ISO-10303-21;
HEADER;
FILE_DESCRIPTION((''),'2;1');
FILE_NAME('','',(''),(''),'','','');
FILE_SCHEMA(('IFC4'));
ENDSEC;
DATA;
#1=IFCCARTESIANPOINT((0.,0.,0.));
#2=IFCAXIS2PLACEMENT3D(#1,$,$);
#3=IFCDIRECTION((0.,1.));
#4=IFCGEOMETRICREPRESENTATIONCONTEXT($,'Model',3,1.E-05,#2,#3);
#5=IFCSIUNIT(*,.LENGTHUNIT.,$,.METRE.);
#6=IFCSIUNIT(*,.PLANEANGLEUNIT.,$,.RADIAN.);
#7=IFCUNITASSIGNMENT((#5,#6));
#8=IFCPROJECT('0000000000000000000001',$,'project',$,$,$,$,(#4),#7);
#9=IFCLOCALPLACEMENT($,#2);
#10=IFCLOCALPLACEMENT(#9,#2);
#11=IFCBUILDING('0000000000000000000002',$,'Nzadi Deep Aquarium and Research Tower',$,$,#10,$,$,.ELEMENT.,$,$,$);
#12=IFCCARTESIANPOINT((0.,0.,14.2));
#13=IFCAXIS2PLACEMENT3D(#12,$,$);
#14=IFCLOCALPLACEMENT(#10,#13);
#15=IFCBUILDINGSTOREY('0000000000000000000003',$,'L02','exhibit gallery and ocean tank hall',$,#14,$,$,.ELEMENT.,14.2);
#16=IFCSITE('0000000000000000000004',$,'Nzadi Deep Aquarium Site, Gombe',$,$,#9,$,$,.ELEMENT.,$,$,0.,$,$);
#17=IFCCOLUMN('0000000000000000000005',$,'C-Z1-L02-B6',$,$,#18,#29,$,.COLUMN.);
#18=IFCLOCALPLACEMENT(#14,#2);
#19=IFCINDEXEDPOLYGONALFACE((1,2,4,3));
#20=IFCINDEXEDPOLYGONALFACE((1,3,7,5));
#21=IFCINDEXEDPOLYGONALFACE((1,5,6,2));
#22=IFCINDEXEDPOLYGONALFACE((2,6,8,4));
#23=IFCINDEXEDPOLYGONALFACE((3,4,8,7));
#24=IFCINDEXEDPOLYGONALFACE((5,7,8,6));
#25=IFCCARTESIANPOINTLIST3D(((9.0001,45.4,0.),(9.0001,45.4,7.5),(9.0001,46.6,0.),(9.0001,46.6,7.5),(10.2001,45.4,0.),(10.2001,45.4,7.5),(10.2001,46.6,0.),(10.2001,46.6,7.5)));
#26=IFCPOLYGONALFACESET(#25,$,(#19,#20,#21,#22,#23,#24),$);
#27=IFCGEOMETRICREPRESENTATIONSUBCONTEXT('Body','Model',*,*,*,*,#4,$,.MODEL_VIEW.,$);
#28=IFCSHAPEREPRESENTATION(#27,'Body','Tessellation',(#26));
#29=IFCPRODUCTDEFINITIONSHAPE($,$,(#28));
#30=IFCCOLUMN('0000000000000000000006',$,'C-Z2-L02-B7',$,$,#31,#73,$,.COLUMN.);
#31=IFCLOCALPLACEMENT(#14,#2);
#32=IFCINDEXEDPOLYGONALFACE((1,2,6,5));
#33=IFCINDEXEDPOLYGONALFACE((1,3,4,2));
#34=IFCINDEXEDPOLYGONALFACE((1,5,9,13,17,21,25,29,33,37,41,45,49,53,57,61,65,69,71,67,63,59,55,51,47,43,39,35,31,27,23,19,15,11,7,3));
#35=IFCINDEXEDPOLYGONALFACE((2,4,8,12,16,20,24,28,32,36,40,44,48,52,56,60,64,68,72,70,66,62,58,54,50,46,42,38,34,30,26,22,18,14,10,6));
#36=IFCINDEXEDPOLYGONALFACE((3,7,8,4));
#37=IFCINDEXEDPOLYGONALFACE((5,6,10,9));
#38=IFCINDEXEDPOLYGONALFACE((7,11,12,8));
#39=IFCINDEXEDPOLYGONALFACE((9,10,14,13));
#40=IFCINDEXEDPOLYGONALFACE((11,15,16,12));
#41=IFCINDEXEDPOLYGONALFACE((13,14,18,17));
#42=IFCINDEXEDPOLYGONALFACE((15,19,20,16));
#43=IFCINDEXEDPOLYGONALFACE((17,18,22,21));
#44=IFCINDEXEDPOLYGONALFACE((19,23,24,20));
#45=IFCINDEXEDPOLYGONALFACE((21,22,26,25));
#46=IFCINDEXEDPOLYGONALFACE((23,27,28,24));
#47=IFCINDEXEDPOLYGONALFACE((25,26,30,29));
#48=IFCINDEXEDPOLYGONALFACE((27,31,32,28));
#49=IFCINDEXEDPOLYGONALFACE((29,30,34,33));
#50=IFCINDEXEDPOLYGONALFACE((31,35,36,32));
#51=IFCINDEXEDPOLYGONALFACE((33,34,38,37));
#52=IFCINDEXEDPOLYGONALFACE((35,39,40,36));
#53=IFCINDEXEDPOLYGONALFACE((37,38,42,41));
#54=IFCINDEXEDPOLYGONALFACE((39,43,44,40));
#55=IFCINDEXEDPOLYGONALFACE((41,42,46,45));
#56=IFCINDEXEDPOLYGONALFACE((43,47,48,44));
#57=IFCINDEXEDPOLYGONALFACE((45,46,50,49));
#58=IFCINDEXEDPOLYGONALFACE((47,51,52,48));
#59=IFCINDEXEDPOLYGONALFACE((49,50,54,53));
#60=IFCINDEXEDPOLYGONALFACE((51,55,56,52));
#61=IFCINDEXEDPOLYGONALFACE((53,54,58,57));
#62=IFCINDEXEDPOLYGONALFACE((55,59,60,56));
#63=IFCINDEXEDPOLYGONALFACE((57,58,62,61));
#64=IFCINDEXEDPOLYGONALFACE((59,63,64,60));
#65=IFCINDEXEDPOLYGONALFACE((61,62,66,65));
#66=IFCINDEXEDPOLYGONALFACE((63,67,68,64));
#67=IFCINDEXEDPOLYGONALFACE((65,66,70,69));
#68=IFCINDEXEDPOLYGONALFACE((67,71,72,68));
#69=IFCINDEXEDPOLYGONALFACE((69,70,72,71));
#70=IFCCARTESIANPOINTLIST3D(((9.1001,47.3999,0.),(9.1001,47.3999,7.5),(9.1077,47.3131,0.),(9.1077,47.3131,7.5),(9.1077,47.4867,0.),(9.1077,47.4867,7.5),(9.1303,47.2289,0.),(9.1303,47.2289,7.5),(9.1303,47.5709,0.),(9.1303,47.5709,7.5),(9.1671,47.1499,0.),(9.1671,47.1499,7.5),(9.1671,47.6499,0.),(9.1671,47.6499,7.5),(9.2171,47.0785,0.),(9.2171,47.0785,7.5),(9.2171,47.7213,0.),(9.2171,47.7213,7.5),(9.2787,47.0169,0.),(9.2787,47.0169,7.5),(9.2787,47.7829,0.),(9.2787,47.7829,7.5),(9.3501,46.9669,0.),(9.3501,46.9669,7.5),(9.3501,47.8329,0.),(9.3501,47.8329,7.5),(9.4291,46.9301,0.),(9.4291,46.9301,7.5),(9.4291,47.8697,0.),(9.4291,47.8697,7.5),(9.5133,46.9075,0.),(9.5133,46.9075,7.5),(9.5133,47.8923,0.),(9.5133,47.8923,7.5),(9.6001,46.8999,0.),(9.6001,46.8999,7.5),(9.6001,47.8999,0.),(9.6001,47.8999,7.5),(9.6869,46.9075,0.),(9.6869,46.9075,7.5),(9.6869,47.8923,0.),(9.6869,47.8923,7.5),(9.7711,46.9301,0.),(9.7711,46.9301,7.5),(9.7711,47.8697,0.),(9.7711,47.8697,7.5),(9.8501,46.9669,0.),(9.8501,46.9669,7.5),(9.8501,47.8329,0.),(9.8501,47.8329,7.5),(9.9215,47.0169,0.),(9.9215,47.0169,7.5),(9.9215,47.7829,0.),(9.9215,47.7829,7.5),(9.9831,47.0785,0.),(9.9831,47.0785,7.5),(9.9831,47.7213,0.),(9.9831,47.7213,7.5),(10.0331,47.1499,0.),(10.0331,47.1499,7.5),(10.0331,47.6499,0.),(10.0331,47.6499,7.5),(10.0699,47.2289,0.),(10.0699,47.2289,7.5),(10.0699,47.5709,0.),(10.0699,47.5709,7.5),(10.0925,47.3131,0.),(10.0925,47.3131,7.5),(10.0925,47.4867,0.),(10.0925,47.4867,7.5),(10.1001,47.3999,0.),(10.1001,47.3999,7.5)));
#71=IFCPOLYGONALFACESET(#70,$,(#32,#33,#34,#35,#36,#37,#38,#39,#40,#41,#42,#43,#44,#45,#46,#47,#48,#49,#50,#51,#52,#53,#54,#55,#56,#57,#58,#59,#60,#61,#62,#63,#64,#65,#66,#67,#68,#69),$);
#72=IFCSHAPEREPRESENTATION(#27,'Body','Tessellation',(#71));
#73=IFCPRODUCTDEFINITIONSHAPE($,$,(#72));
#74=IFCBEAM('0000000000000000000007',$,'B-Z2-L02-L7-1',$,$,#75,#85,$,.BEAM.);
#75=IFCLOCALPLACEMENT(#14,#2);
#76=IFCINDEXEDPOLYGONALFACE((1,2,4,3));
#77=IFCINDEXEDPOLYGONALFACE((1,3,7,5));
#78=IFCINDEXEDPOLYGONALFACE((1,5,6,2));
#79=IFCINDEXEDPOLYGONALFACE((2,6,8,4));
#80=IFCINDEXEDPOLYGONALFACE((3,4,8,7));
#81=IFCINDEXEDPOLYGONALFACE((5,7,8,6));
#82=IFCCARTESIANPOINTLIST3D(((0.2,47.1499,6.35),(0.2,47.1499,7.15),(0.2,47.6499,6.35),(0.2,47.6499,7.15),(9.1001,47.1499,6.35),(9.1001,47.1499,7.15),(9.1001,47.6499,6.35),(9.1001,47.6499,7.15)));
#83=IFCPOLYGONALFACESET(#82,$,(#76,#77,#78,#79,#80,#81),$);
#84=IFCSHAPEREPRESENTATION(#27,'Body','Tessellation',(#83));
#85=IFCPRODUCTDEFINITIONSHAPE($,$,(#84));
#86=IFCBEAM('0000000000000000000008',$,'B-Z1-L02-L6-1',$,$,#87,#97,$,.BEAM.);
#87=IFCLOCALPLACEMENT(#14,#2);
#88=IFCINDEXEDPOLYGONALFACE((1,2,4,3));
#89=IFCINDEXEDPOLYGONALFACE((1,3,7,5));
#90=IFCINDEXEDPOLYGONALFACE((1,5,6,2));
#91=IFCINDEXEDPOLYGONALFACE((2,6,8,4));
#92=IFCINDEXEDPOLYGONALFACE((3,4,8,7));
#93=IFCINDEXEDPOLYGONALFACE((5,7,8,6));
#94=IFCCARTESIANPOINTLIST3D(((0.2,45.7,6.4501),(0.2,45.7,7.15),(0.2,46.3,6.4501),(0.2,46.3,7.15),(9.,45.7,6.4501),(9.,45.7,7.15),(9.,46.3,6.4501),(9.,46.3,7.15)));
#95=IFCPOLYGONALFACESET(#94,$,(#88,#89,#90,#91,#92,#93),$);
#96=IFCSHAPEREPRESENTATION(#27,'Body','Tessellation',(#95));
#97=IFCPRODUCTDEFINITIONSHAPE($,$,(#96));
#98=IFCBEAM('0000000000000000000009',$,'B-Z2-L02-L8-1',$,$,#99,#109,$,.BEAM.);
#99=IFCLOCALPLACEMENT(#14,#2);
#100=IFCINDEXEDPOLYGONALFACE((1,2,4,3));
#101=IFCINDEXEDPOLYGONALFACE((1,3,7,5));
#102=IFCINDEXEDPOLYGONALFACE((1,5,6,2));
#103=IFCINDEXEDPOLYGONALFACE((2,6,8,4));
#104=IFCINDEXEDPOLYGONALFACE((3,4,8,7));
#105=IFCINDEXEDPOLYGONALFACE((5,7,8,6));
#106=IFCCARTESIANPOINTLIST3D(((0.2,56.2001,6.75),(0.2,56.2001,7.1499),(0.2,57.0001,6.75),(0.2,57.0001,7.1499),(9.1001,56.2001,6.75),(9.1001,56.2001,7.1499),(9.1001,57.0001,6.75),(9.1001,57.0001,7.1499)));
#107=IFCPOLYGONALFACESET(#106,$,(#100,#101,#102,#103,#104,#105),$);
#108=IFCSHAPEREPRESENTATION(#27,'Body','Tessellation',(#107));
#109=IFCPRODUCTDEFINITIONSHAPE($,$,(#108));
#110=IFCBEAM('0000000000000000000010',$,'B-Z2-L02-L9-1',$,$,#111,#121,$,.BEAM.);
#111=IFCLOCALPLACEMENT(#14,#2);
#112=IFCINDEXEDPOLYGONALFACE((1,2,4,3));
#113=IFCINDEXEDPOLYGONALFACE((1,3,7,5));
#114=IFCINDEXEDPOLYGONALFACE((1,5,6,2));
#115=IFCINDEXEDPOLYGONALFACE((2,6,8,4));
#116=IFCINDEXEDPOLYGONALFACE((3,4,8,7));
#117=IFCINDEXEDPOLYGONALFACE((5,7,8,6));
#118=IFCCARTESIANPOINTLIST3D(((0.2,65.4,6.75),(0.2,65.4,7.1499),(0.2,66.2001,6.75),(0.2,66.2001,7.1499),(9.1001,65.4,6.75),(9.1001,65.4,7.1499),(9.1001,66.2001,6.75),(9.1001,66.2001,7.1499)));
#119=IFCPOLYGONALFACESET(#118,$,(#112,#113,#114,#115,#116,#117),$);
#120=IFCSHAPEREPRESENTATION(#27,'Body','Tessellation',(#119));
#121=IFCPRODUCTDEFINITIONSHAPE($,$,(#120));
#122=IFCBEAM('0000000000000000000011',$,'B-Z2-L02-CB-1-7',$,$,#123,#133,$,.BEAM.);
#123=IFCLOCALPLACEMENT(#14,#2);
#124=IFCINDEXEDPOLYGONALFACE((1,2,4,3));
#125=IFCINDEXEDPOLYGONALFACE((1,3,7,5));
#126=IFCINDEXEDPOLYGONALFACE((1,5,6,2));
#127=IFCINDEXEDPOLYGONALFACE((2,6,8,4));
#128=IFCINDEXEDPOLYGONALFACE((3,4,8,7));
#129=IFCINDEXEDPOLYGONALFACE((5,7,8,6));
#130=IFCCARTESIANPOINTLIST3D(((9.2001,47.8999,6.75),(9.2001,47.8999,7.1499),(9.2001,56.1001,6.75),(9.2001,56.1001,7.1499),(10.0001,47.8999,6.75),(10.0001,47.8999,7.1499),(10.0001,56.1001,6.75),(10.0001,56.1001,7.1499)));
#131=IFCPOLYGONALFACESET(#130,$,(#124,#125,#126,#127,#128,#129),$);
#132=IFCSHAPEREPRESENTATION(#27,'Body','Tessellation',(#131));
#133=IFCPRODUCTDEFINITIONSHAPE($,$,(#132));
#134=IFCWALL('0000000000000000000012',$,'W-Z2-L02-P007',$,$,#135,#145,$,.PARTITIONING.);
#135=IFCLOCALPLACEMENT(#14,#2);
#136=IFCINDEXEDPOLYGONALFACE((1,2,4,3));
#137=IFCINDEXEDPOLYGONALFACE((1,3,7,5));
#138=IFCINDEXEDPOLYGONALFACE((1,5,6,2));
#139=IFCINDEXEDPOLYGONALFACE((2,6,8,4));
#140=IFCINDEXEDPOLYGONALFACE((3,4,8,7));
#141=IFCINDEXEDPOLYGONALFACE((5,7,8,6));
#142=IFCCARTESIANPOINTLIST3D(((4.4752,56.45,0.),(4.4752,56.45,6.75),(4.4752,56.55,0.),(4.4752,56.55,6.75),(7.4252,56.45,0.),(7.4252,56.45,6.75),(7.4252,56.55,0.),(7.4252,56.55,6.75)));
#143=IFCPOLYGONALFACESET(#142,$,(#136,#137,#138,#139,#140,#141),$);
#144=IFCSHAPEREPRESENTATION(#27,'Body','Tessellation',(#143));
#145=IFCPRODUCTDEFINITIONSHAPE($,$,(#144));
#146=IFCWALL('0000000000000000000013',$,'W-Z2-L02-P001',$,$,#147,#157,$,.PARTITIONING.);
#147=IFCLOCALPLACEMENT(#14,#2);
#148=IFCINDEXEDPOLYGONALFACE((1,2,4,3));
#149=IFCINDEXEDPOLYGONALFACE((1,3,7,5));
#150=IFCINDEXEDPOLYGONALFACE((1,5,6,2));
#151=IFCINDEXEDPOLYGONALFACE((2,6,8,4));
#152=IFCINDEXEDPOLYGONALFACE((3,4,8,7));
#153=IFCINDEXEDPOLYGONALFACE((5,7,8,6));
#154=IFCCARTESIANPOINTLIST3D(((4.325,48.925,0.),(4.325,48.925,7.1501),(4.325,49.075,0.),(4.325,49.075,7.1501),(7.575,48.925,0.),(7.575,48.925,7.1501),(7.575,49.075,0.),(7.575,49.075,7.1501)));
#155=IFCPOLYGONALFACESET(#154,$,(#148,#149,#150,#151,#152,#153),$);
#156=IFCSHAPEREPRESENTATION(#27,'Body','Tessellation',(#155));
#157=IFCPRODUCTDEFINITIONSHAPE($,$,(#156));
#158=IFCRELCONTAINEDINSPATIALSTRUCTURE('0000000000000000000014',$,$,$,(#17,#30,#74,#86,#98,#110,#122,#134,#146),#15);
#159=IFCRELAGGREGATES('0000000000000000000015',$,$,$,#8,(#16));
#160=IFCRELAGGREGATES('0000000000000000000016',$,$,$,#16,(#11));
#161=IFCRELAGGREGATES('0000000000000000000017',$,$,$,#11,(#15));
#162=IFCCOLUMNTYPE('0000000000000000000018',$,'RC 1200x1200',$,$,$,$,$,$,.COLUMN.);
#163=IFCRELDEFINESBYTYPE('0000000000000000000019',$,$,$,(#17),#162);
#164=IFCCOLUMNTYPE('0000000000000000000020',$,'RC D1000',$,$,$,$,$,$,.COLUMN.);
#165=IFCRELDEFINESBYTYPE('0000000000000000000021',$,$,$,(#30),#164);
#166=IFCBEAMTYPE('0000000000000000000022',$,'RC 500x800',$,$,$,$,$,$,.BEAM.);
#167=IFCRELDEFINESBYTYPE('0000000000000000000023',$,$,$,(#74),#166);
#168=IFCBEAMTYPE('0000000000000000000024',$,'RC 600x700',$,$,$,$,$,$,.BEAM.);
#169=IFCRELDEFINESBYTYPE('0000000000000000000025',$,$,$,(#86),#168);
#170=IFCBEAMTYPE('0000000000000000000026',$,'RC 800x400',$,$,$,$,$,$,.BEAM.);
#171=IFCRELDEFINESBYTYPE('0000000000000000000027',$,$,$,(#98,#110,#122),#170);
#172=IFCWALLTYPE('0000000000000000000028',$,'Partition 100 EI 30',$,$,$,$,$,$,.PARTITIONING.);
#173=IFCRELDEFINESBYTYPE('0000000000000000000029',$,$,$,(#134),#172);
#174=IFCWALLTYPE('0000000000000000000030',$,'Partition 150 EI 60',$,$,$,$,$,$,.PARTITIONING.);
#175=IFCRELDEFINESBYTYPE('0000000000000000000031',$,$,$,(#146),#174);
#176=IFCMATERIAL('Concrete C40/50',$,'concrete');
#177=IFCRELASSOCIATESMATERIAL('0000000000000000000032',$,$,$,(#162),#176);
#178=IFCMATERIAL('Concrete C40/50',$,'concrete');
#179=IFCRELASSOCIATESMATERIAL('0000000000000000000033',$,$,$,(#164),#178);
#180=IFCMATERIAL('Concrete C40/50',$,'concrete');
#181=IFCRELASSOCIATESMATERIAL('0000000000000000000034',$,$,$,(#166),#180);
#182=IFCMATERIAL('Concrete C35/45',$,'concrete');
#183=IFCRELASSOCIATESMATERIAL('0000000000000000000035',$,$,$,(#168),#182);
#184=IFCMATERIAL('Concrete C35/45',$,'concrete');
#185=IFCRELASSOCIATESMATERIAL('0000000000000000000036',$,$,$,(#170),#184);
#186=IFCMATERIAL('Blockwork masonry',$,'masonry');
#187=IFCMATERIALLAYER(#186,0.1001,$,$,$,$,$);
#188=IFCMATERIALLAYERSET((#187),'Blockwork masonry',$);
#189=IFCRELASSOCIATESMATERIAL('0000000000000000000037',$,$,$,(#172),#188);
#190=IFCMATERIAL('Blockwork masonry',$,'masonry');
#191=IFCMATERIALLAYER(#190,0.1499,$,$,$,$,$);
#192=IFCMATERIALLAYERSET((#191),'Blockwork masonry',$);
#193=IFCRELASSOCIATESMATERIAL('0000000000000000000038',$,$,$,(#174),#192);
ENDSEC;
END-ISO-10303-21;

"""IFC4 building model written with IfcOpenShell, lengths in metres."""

from ifc_helpers import new_model, si_unit, direction, frame, frame_2d, origin, origin_2d, place, context, subcontext, project, spatial, rectangle, circle, extrude, material, layer, layer_set, material_profile, profile_set, type_object, element, save


model = new_model("IFC4")

# Units and contexts
model_context = context("Model", 3, precision=1e-05, world=origin(), true_north=direction((0.0, 1.0)))
body_context = subcontext(model_context, "Body", "Model", "MODEL_VIEW")
ifc_project = project(units=[si_unit("LENGTHUNIT", "METRE"), si_unit("PLANEANGLEUNIT", "RADIAN")], contexts=[model_context])

# Site, building, storey
site_placement = place(None, origin())
site = spatial("IfcSite", under=ifc_project, at=site_placement, Name="Nzadi Deep Aquarium Site, Gombe", CompositionType="ELEMENT", RefElevation=0.0)
building_placement = place(site_placement, origin())
building = spatial("IfcBuilding", under=site, at=building_placement, Name="Nzadi Deep Aquarium and Research Tower", CompositionType="ELEMENT")
storey_placement = place(building_placement, frame((0.0, 0.0, 14.2)))
storey = spatial("IfcBuildingStorey", under=building, at=storey_placement, Name="L02", Description="exhibit gallery and ocean tank hall", CompositionType="ELEMENT", Elevation=14.2)

# Columns
ifc_material_1 = material(Name="Concrete C40/50", Category="concrete")
ifc_material_profile_1 = material_profile(ifc_material_1, rectangle(XDim=1.2, YDim=1.2, at=origin_2d()))
ifc_profile_set_1 = profile_set([ifc_material_profile_1], Name="Concrete C40/50")
column_type_1 = type_object("IfcColumnType", Name="RC 1200x1200", PredefinedType="COLUMN", material=ifc_profile_set_1)
column_1_placement = place(storey_placement, frame((9.6001, 46.0, 0.0), z_axis=(0.0, 0.0, 1.0), x_axis=(1.0, 0.0, 0.0)))
element("IfcColumn", 1, at=column_1_placement, inside=storey, type_object=column_type_1, Name="C-Z1-L02-B6", PredefinedType="COLUMN", context=body_context, shape_type="SweptSolid", body=[
    extrude(rectangle(XDim=1.2, YDim=1.2, at=origin_2d()), origin(), (0.0, 0.0, 1.0), 7.5),
])
ifc_material_2 = material(Name="Concrete C40/50", Category="concrete")
ifc_material_profile_2 = material_profile(ifc_material_2, circle(Radius=0.5, at=origin_2d()))
ifc_profile_set_2 = profile_set([ifc_material_profile_2], Name="Concrete C40/50")
column_type_2 = type_object("IfcColumnType", Name="RC D1000", PredefinedType="COLUMN", material=ifc_profile_set_2)
column_2_placement = place(storey_placement, frame((9.6001, 47.3999, 0.0), z_axis=(0.0, 0.0, 1.0), x_axis=(1.0, 0.0, 0.0)))
element("IfcColumn", 2, at=column_2_placement, inside=storey, type_object=column_type_2, Name="C-Z2-L02-B7", PredefinedType="COLUMN", context=body_context, shape_type="SweptSolid", body=[
    extrude(circle(Radius=0.5, at=origin_2d()), origin(), (0.0, 0.0, 1.0), 7.5),
])

# Beams
ifc_material_3 = material(Name="Concrete C40/50", Category="concrete")
ifc_material_profile_3 = material_profile(ifc_material_3, rectangle(XDim=0.5, YDim=0.8, at=origin_2d()))
ifc_profile_set_3 = profile_set([ifc_material_profile_3], Name="Concrete C40/50")
beam_type_1 = type_object("IfcBeamType", Name="RC 500x800", PredefinedType="BEAM", material=ifc_profile_set_3)
beam_1_placement = place(storey_placement, frame((0.2, 47.3999, 6.75), z_axis=(1.0, 0.0, 0.0), x_axis=(0.0, 1.0, 0.0)))
element("IfcBeam", 3, at=beam_1_placement, inside=storey, type_object=beam_type_1, Name="B-Z2-L02-L7-1", PredefinedType="BEAM", context=body_context, shape_type="SweptSolid", body=[
    extrude(rectangle(XDim=0.5, YDim=0.8, at=origin_2d()), origin(), (0.0, 0.0, 1.0), 8.9001),
])
ifc_material_4 = material(Name="Concrete C35/45", Category="concrete")
ifc_material_profile_4 = material_profile(ifc_material_4, rectangle(XDim=0.6001, YDim=0.7, at=origin_2d()))
ifc_profile_set_4 = profile_set([ifc_material_profile_4], Name="Concrete C35/45")
beam_type_2 = type_object("IfcBeamType", Name="RC 600x700", PredefinedType="BEAM", material=ifc_profile_set_4)
beam_2_placement = place(storey_placement, frame((0.2, 46.0, 6.8), z_axis=(1.0, 0.0, 0.0), x_axis=(0.0, 1.0, 0.0)))
element("IfcBeam", 4, at=beam_2_placement, inside=storey, type_object=beam_type_2, Name="B-Z1-L02-L6-1", PredefinedType="BEAM", context=body_context, shape_type="SweptSolid", body=[
    extrude(rectangle(XDim=0.6001, YDim=0.7, at=origin_2d()), origin(), (0.0, 0.0, 1.0), 8.8),
])
ifc_material_5 = material(Name="Concrete C35/45", Category="concrete")
ifc_material_profile_5 = material_profile(ifc_material_5, rectangle(XDim=0.8, YDim=0.3999, at=origin_2d()))
ifc_profile_set_5 = profile_set([ifc_material_profile_5], Name="Concrete C35/45")
beam_type_3 = type_object("IfcBeamType", Name="RC 800x400", PredefinedType="BEAM", material=ifc_profile_set_5)
for number, where, z_axis, x_axis, name in (
    (5, (0.2, 56.6001, 6.95), (1.0, 0.0, 0.0), (0.0, 1.0, 0.0), "B-Z2-L02-L8-1"),
    (6, (0.2, 65.8, 6.95), (1.0, 0.0, 0.0), (0.0, 1.0, 0.0), "B-Z2-L02-L9-1"),
):
    element("IfcBeam", number, at=place(storey_placement, frame(where, z_axis=z_axis, x_axis=x_axis)), inside=storey, type_object=beam_type_3, Name=name, PredefinedType="BEAM", context=body_context, shape_type="SweptSolid", body=[
        extrude(rectangle(XDim=0.8, YDim=0.3999, at=origin_2d()), origin(), (0.0, 0.0, 1.0), 8.9001),
    ])
beam_3_placement = place(storey_placement, frame((9.6001, 47.8999, 6.95), z_axis=(0.0, 1.0, 0.0), x_axis=(-1.0, 0.0, 0.0)))
element("IfcBeam", 7, at=beam_3_placement, inside=storey, type_object=beam_type_3, Name="B-Z2-L02-CB-1-7", PredefinedType="BEAM", context=body_context, shape_type="SweptSolid", body=[
    extrude(rectangle(XDim=0.8, YDim=0.3999, at=origin_2d()), origin(), (0.0, 0.0, 1.0), 8.2002),
])

# Walls
ifc_material_6 = material(Name="Blockwork masonry", Category="masonry")
ifc_layer_1 = layer(ifc_material_6, 0.1001)
ifc_layer_set_1 = layer_set([ifc_layer_1], Name="Blockwork masonry")
wall_type_1 = type_object("IfcWallType", Name="Partition 100 EI 30", PredefinedType="PARTITIONING", material=ifc_layer_set_1)
wall_1_placement = place(storey_placement, frame((4.4751, 56.5, 0.0), z_axis=(0.0, 0.0, 1.0), x_axis=(1.0, 0.0, 0.0)))
element("IfcWall", 8, at=wall_1_placement, inside=storey, type_object=wall_type_1, Name="W-Z2-L02-P007", PredefinedType="PARTITIONING", context=body_context, shape_type="SweptSolid", body=[
    extrude(rectangle(XDim=2.95, YDim=0.1001, at=frame_2d((1.4751, 0.0))), origin(), (0.0, 0.0, 1.0), 6.75),
])
ifc_material_7 = material(Name="Blockwork masonry", Category="masonry")
ifc_layer_2 = layer(ifc_material_7, 0.1499)
ifc_layer_set_2 = layer_set([ifc_layer_2], Name="Blockwork masonry")
wall_type_2 = type_object("IfcWallType", Name="Partition 150 EI 60", PredefinedType="PARTITIONING", material=ifc_layer_set_2)
wall_2_placement = place(storey_placement, frame((4.325, 49.0, 0.0), z_axis=(0.0, 0.0, 1.0), x_axis=(1.0, 0.0, 0.0)))
element("IfcWall", 9, at=wall_2_placement, inside=storey, type_object=wall_type_2, Name="W-Z2-L02-P001", PredefinedType="PARTITIONING", context=body_context, shape_type="SweptSolid", body=[
    extrude(rectangle(XDim=3.25, YDim=0.1499, at=frame_2d((1.625, 0.0))), origin(), (0.0, 0.0, 1.0), 7.1501),
])

save(model, "model.ifc")
